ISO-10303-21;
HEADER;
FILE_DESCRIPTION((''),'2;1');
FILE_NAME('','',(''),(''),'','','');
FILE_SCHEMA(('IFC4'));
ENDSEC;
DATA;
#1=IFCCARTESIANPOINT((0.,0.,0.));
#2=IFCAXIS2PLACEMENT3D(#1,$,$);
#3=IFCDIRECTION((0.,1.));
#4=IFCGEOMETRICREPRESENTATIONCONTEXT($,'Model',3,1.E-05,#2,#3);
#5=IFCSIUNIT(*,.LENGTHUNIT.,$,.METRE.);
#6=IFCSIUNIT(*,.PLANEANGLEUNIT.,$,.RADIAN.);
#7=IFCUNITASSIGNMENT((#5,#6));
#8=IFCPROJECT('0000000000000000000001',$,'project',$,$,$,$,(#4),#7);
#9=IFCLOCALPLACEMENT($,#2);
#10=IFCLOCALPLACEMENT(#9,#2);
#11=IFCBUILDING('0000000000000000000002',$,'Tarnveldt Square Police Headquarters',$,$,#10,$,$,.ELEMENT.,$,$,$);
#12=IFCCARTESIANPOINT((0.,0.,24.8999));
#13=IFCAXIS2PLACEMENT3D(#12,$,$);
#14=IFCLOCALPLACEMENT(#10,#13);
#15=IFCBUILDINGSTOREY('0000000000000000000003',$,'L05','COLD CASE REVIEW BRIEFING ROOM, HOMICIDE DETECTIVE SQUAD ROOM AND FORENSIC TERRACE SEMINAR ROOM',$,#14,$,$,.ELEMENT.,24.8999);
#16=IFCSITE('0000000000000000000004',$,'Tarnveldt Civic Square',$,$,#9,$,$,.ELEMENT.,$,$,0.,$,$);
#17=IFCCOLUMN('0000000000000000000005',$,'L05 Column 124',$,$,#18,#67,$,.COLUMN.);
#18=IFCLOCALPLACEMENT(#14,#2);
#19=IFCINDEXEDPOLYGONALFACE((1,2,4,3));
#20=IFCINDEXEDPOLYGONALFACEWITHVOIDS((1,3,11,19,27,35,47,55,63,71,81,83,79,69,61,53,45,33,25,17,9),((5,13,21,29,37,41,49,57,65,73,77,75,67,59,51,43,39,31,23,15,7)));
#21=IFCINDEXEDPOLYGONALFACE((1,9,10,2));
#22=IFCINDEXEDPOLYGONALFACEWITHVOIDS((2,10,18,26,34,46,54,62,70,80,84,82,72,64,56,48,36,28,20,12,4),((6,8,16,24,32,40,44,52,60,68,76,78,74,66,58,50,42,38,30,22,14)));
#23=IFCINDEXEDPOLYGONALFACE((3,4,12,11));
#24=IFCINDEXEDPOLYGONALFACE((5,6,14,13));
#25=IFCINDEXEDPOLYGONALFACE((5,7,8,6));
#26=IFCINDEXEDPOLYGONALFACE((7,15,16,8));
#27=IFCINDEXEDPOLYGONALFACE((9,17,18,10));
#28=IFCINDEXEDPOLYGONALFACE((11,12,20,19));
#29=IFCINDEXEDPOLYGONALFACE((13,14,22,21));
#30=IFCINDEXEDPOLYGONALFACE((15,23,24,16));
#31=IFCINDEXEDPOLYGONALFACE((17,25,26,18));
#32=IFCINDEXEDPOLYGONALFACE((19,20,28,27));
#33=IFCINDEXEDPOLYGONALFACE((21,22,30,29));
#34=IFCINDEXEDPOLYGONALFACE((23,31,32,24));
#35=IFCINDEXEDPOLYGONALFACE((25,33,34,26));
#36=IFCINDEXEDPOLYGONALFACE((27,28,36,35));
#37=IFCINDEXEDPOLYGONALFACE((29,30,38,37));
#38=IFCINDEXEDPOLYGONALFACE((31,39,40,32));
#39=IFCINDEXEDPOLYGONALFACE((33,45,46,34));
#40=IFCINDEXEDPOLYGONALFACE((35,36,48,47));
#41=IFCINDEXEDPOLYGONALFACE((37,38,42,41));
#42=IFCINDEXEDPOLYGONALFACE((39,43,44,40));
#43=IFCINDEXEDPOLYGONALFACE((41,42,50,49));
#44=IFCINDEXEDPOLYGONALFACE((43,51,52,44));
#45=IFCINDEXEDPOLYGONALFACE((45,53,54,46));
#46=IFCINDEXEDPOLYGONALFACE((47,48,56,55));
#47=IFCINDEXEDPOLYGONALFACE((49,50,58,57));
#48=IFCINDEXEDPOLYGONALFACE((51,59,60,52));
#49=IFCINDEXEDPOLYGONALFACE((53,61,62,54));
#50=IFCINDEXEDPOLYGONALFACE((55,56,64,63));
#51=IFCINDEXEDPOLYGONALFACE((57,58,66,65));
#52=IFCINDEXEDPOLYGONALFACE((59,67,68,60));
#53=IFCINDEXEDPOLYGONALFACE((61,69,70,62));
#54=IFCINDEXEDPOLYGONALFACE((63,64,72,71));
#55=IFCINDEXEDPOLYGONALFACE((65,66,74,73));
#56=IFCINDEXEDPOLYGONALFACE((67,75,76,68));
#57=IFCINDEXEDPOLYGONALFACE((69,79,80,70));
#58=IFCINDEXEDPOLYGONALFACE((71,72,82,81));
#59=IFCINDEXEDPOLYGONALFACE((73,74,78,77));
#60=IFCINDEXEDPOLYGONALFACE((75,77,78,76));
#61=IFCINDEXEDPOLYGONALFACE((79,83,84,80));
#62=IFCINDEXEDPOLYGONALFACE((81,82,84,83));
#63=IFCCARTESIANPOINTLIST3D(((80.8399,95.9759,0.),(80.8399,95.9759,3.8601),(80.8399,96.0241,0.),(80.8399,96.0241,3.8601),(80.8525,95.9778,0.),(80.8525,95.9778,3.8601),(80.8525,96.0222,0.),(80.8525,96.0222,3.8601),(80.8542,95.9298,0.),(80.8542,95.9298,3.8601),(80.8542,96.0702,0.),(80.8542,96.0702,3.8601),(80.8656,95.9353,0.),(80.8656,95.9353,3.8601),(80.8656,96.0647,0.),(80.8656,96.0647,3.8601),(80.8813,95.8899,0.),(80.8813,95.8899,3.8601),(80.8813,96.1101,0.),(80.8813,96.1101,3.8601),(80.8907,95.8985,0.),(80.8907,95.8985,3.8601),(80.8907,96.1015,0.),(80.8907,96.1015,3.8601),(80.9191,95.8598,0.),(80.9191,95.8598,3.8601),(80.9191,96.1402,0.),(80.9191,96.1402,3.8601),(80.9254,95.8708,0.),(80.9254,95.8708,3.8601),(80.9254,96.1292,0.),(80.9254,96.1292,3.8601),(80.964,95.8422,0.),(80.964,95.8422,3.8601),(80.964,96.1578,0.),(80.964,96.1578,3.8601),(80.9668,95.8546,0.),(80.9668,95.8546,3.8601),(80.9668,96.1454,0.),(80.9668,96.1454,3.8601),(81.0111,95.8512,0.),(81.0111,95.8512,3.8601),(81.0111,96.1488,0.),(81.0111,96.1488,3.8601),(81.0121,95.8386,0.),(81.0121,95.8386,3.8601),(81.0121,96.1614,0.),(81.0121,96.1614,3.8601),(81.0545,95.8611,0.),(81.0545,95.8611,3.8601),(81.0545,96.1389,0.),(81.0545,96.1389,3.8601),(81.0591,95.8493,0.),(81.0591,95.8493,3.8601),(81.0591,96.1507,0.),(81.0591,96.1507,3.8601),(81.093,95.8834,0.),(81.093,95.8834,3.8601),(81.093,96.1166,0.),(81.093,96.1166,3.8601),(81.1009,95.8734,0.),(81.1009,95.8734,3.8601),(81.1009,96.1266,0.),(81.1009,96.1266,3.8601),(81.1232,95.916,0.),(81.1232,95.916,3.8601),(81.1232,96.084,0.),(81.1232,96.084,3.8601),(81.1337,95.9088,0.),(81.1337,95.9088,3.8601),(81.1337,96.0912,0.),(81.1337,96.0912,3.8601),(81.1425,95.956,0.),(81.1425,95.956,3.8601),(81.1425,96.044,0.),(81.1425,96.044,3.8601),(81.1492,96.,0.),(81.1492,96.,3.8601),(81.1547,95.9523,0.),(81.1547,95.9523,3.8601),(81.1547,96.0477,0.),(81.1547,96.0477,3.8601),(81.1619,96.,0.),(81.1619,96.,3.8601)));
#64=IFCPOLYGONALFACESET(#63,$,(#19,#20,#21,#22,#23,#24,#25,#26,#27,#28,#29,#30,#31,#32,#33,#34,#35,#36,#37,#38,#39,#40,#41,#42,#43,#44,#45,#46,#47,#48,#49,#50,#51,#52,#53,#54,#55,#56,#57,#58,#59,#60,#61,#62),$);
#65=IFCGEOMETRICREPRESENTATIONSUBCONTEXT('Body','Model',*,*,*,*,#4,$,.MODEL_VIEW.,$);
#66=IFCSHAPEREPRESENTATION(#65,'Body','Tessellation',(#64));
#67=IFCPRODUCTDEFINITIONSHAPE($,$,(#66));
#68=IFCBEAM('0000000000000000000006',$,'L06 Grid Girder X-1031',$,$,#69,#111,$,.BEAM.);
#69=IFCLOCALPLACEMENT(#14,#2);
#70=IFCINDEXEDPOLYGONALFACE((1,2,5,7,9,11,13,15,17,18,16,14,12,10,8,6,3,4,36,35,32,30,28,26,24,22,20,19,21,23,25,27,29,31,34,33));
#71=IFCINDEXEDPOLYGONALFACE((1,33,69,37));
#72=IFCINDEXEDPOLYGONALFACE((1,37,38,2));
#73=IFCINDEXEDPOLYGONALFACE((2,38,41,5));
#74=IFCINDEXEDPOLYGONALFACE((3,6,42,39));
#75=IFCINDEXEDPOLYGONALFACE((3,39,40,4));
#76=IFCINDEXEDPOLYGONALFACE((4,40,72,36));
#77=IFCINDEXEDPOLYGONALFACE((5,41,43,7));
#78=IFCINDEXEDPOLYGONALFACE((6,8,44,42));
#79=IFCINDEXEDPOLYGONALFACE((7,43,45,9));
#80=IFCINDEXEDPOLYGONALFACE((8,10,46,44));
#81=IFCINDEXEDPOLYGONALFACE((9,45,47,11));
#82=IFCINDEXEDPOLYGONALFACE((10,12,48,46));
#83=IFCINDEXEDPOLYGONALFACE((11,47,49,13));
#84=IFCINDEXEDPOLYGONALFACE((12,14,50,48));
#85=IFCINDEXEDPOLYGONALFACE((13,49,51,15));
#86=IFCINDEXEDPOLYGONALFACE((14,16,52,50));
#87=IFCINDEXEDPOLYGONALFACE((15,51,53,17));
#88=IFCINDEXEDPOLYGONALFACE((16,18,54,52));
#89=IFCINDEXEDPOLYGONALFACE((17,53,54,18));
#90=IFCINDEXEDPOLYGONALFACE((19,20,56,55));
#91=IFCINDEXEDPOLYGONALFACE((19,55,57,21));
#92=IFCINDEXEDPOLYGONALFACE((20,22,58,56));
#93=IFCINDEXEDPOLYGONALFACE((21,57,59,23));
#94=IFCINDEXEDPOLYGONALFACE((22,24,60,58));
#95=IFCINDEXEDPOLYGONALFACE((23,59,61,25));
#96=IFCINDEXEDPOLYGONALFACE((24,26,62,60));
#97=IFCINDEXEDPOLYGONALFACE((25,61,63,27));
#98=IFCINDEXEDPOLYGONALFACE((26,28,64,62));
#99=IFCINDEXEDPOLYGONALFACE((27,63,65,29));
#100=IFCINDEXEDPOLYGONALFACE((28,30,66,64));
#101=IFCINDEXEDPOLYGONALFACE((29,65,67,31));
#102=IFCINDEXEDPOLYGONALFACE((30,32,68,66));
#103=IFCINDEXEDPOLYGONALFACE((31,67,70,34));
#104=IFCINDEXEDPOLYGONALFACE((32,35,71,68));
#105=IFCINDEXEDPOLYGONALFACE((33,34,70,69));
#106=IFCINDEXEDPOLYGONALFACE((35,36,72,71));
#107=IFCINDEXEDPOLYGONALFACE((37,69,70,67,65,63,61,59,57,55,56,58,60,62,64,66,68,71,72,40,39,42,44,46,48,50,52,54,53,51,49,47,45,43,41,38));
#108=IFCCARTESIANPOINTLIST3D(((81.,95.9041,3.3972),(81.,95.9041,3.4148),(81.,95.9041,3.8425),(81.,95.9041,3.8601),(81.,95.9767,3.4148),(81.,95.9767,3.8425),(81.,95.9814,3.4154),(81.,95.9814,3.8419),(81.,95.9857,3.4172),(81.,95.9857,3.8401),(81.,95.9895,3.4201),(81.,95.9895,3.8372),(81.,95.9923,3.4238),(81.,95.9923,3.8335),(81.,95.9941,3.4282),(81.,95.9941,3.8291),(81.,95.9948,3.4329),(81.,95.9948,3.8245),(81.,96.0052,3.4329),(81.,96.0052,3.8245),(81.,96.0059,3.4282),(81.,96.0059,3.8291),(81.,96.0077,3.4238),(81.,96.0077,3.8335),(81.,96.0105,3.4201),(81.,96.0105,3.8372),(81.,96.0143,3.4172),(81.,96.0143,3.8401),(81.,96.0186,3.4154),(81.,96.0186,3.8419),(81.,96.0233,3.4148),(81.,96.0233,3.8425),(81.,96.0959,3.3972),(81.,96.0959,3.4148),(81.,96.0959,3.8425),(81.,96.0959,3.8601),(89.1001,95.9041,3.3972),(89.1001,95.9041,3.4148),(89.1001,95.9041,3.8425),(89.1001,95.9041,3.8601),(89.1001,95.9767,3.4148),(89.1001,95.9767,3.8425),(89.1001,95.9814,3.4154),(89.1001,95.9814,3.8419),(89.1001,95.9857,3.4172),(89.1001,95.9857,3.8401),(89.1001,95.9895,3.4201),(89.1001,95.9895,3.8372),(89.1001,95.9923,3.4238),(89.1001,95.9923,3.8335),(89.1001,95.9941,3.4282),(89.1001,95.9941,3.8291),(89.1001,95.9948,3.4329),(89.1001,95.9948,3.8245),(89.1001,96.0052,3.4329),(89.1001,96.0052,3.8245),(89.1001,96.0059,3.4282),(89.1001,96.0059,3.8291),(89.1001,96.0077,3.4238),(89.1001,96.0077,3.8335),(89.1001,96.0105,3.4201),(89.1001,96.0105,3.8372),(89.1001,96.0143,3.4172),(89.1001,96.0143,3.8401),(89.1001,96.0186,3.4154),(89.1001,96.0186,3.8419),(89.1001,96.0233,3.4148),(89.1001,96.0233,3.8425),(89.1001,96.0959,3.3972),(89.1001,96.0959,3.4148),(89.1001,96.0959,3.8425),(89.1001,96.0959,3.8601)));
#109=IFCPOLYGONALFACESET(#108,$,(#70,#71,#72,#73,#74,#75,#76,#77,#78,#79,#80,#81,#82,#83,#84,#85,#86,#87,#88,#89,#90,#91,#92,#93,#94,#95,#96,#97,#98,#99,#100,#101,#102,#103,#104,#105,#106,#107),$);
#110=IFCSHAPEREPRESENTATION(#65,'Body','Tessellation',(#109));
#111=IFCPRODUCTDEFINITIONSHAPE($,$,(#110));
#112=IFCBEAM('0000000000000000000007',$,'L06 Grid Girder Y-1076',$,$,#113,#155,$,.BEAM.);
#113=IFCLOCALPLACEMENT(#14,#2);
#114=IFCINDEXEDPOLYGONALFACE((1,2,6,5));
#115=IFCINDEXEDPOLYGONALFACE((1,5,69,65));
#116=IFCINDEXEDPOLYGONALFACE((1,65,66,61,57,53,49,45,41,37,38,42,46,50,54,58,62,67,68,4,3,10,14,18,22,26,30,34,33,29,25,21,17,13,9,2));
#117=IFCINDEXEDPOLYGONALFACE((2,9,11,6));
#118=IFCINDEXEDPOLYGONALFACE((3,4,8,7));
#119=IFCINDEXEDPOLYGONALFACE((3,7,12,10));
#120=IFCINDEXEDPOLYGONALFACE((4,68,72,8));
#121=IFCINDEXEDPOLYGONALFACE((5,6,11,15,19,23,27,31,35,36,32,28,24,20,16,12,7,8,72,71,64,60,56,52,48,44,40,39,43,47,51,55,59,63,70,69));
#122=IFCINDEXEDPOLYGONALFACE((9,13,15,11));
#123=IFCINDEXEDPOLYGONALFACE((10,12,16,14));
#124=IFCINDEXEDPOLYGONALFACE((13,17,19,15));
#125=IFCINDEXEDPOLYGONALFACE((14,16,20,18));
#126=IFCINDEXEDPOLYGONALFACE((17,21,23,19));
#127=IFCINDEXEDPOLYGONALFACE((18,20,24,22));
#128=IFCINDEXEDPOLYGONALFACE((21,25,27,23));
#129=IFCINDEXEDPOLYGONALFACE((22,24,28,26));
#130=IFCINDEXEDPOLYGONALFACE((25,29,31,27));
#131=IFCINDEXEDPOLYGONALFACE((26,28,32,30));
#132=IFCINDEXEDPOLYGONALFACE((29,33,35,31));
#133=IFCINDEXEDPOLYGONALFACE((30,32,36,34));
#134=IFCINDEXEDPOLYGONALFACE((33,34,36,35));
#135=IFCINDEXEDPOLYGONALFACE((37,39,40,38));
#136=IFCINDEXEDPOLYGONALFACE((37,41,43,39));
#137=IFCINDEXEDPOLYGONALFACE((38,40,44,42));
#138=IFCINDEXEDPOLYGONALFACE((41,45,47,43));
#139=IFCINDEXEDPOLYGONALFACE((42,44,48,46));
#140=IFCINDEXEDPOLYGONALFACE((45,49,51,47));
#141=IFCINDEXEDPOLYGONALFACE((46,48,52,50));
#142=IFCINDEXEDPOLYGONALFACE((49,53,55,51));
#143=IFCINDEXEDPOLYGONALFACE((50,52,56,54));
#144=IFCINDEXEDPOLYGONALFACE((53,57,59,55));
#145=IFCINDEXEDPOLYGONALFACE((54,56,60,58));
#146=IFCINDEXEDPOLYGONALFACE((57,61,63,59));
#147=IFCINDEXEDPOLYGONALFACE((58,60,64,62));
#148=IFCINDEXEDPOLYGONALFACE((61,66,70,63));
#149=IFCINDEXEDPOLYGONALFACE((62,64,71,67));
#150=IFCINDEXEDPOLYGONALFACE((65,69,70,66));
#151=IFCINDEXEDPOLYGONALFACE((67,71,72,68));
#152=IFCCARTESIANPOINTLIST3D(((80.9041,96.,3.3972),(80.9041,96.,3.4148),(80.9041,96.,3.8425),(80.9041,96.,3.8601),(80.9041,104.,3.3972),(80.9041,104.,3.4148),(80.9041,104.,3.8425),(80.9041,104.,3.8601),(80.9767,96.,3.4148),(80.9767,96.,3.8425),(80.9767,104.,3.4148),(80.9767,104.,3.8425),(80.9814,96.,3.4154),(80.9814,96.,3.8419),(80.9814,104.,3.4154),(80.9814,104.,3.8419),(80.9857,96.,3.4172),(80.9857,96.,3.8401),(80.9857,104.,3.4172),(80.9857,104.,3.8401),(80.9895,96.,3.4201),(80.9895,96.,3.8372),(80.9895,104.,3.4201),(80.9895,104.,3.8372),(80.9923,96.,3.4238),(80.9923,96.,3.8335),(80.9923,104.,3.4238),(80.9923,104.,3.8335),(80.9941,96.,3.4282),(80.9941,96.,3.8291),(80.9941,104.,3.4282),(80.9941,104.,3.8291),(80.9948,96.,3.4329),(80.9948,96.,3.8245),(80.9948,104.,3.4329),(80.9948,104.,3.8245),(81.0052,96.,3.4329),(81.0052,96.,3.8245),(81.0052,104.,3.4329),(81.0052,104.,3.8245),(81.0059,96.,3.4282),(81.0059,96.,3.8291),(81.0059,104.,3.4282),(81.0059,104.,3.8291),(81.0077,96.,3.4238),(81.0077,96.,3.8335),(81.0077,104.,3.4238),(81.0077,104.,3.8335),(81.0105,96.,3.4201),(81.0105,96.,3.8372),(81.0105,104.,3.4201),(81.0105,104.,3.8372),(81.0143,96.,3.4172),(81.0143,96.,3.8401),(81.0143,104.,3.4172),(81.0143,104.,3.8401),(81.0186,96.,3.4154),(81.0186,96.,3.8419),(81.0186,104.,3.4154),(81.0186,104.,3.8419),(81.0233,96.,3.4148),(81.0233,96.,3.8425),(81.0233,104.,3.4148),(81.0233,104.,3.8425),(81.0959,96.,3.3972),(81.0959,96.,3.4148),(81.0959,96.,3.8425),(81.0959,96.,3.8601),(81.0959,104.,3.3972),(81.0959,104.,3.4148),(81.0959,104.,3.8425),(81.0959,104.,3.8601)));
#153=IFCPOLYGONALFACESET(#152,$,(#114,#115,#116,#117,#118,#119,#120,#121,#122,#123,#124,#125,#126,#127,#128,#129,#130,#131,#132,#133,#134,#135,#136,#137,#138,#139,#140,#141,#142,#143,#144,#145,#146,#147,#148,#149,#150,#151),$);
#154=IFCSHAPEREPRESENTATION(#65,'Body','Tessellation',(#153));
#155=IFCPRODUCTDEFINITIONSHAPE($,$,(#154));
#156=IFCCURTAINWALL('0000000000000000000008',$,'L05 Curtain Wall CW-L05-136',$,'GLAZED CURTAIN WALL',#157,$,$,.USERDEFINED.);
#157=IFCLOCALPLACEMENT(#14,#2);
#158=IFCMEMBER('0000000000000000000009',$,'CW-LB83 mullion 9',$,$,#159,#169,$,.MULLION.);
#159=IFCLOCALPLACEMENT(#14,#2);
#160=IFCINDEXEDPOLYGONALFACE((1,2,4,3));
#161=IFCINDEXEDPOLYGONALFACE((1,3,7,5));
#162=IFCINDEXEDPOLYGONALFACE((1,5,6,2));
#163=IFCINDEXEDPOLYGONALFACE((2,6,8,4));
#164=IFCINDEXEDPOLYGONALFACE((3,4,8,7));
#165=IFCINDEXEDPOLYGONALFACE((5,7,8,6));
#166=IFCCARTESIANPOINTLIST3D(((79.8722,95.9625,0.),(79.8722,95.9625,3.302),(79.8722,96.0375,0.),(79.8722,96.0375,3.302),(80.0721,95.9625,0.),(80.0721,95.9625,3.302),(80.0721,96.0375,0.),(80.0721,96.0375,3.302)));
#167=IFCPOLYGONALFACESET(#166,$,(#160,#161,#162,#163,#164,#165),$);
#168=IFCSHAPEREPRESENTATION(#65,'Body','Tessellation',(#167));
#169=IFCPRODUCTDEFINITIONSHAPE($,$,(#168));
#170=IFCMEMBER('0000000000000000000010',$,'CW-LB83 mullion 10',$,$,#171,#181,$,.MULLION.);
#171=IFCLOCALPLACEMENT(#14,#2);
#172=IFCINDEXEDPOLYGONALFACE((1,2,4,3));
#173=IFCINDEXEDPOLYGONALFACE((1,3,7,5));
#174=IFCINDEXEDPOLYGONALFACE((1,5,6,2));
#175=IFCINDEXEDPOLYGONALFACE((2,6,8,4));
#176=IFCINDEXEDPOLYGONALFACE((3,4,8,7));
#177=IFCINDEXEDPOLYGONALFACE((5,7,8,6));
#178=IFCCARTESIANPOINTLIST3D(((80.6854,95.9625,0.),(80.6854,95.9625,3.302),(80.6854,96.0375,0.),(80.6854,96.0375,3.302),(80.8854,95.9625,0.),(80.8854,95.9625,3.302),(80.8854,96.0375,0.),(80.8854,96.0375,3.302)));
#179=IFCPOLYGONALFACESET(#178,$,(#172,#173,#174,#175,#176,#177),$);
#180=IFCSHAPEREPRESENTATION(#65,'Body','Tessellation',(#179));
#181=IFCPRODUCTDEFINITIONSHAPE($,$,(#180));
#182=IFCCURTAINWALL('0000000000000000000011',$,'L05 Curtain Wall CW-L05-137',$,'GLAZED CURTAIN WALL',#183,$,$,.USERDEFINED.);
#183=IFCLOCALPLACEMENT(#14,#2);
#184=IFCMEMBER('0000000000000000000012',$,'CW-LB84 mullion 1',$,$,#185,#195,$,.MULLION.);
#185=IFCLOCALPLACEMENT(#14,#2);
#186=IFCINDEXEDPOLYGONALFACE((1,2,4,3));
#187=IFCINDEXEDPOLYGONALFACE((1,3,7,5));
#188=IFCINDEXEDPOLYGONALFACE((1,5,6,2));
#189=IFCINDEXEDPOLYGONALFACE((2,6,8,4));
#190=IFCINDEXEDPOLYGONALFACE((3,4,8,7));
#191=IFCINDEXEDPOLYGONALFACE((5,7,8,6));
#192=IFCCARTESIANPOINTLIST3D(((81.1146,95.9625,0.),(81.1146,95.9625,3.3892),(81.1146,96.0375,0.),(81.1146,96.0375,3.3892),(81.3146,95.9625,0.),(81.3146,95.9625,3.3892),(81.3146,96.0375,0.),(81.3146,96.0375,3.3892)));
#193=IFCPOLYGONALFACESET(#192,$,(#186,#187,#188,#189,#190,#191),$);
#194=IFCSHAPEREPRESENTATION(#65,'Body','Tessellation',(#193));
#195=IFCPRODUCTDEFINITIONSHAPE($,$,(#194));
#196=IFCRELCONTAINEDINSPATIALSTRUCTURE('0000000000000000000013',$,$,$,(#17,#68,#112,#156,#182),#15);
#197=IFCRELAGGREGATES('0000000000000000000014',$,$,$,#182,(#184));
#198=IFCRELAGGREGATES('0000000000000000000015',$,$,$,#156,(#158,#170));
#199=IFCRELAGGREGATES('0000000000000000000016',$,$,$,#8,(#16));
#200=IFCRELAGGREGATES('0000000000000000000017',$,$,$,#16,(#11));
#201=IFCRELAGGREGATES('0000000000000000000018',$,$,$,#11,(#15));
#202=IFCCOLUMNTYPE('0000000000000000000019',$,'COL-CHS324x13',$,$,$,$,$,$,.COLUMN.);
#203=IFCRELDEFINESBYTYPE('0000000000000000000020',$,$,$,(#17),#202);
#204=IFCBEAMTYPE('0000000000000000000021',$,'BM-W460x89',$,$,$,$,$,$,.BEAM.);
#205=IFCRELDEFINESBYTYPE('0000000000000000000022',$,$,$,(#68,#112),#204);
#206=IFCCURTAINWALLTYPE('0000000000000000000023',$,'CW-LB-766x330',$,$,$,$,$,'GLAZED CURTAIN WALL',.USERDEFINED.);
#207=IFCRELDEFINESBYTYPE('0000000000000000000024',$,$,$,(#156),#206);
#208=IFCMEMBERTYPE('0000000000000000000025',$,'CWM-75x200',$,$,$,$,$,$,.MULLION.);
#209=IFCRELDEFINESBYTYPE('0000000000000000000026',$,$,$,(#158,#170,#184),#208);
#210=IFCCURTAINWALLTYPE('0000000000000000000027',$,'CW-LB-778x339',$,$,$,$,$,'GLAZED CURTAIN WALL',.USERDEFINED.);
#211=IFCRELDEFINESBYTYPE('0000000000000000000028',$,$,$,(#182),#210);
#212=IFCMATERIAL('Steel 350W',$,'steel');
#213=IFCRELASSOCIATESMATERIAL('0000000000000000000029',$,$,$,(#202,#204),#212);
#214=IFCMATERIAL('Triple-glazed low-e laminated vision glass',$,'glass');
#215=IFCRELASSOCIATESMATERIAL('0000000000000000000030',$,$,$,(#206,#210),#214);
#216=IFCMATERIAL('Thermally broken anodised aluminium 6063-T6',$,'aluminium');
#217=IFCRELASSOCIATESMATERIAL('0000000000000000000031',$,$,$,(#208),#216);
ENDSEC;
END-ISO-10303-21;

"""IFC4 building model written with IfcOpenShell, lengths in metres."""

from ifc_helpers import new_model, si_unit, direction, frame, origin, origin_2d, place, context, subcontext, project, spatial, rectangle, hollow_circle, i_section, extrude, material, material_profile, profile_set, type_object, element, aggregate, save


model = new_model("IFC4")

# Units and contexts
model_context = context("Model", 3, precision=1e-05, world=origin(), true_north=direction((0.0, 1.0)))
body_context = subcontext(model_context, "Body", "Model", "MODEL_VIEW")
ifc_project = project(units=[si_unit("LENGTHUNIT", "METRE"), si_unit("PLANEANGLEUNIT", "RADIAN")], contexts=[model_context])

# Site, building, storey
site_placement = place(None, origin())
site = spatial("IfcSite", under=ifc_project, at=site_placement, Name="Tarnveldt Civic Square", CompositionType="ELEMENT", RefElevation=0.0)
building_placement = place(site_placement, origin())
building = spatial("IfcBuilding", under=site, at=building_placement, Name="Tarnveldt Square Police Headquarters", CompositionType="ELEMENT")
storey_placement = place(building_placement, frame((0.0, 0.0, 24.8999)))
storey = spatial("IfcBuildingStorey", under=building, at=storey_placement, Name="L05", Description="COLD CASE REVIEW BRIEFING ROOM, HOMICIDE DETECTIVE SQUAD ROOM AND FORENSIC TERRACE SEMINAR ROOM", CompositionType="ELEMENT", Elevation=24.8999)

# Column
ifc_material_1 = material(Name="Steel 350W", Category="steel")
ifc_material_profile_1 = material_profile(ifc_material_1, hollow_circle(Radius=0.1619, WallThickness=0.0127, at=origin_2d()), Name="HSS324x13")
ifc_profile_set_1 = profile_set([ifc_material_profile_1], Name="Steel 350W")
column_type = type_object("IfcColumnType", Name="COL-CHS324x13", PredefinedType="COLUMN", material=ifc_profile_set_1)
column_placement = place(storey_placement, frame((81.0, 96.0, 0.0), z_axis=(0.0, 0.0, 1.0), x_axis=(1.0, 0.0, 0.0)))
element("IfcColumn", 1, at=column_placement, inside=storey, type_object=column_type, Name="L05 Column 124", PredefinedType="COLUMN", context=body_context, shape_type="SweptSolid", body=[
    extrude(hollow_circle(Radius=0.1619, WallThickness=0.0127, at=origin_2d()), origin(), (0.0, 0.0, 1.0), 3.8601),
])

# Beams
ifc_material_profile_2 = material_profile(ifc_material_1, i_section(OverallWidth=0.1919, OverallDepth=0.4629, WebThickness=0.0105, FlangeThickness=0.0176, FilletRadius=0.0181, at=origin_2d()), Name="W460x89")
ifc_profile_set_2 = profile_set([ifc_material_profile_2], Name="Steel 350W")
beam_type = type_object("IfcBeamType", Name="BM-W460x89", PredefinedType="BEAM", material=ifc_profile_set_2)
beam_1_placement = place(storey_placement, frame((81.0, 96.0, 3.6287), z_axis=(1.0, 0.0, 0.0), x_axis=(0.0, 1.0, 0.0)))
element("IfcBeam", 2, at=beam_1_placement, inside=storey, type_object=beam_type, Name="L06 Grid Girder X-1031", PredefinedType="BEAM", context=body_context, shape_type="SweptSolid", body=[
    extrude(i_section(OverallWidth=0.1919, OverallDepth=0.4629, WebThickness=0.0105, FlangeThickness=0.0176, FilletRadius=0.0181, at=origin_2d()), origin(), (0.0, 0.0, 1.0), 8.1001),
])
beam_2_placement = place(storey_placement, frame((81.0, 96.0, 3.6287), z_axis=(0.0, 1.0, 0.0), x_axis=(-1.0, 0.0, 0.0)))
element("IfcBeam", 3, at=beam_2_placement, inside=storey, type_object=beam_type, Name="L06 Grid Girder Y-1076", PredefinedType="BEAM", context=body_context, shape_type="SweptSolid", body=[
    extrude(i_section(OverallWidth=0.1919, OverallDepth=0.4629, WebThickness=0.0105, FlangeThickness=0.0176, FilletRadius=0.0181, at=origin_2d()), origin(), (0.0, 0.0, 1.0), 8.0),
])

# Curtain wall, members
ifc_material_2 = material(Name="Triple-glazed low-e laminated vision glass", Category="glass")
curtain_wall_type_1 = type_object("IfcCurtainWallType", Name="CW-LB-766x330", ElementType="GLAZED CURTAIN WALL", PredefinedType="USERDEFINED", material=ifc_material_2)
curtain_wall_1_placement = place(storey_placement, origin())
curtain_wall_1 = element("IfcCurtainWall", 4, at=curtain_wall_1_placement, inside=storey, type_object=curtain_wall_type_1, Name="L05 Curtain Wall CW-L05-136", ObjectType="GLAZED CURTAIN WALL", PredefinedType="USERDEFINED")
ifc_material_3 = material(Name="Thermally broken anodised aluminium 6063-T6", Category="aluminium")
ifc_material_profile_3 = material_profile(ifc_material_3, rectangle(XDim=0.075, YDim=0.2, at=origin_2d()), Name="CW-M75x200")
ifc_profile_set_3 = profile_set([ifc_material_profile_3], Name="Thermally broken anodised aluminium 6063-T6")
member_type_1 = type_object("IfcMemberType", Name="CWM-75x200", PredefinedType="MULLION", material=ifc_profile_set_3)
member_1_placement = place(storey_placement, frame((79.9722, 96.0, 0.0), z_axis=(0.0, 0.0, 1.0), x_axis=(0.0, 1.0, 0.0)))
member_1 = element("IfcMember", 5, at=member_1_placement, type_object=member_type_1, Name="CW-LB83 mullion 9", PredefinedType="MULLION", context=body_context, shape_type="SweptSolid", body=[
    extrude(rectangle(XDim=0.075, YDim=0.2, at=origin_2d()), origin(), (0.0, 0.0, 1.0), 3.302),
])
member_2_placement = place(storey_placement, frame((80.7854, 96.0, 0.0), z_axis=(0.0, 0.0, 1.0), x_axis=(0.0, 1.0, 0.0)))
member_2 = element("IfcMember", 6, at=member_2_placement, type_object=member_type_1, Name="CW-LB83 mullion 10", PredefinedType="MULLION", context=body_context, shape_type="SweptSolid", body=[
    extrude(rectangle(XDim=0.075, YDim=0.2, at=origin_2d()), origin(), (0.0, 0.0, 1.0), 3.302),
])

# Curtain wall, member
curtain_wall_type_2 = type_object("IfcCurtainWallType", Name="CW-LB-778x339", ElementType="GLAZED CURTAIN WALL", PredefinedType="USERDEFINED", material=ifc_material_2)
curtain_wall_2_placement = place(storey_placement, origin())
curtain_wall_2 = element("IfcCurtainWall", 7, at=curtain_wall_2_placement, inside=storey, type_object=curtain_wall_type_2, Name="L05 Curtain Wall CW-L05-137", ObjectType="GLAZED CURTAIN WALL", PredefinedType="USERDEFINED")
member_3_placement = place(storey_placement, frame((81.2146, 96.0, 0.0), z_axis=(0.0, 0.0, 1.0), x_axis=(0.0, 1.0, 0.0)))
member_3 = element("IfcMember", 8, at=member_3_placement, type_object=member_type_1, Name="CW-LB84 mullion 1", PredefinedType="MULLION", context=body_context, shape_type="SweptSolid", body=[
    extrude(rectangle(XDim=0.075, YDim=0.2, at=origin_2d()), origin(), (0.0, 0.0, 1.0), 3.3892),
])

aggregate(curtain_wall_2, [member_3])

aggregate(curtain_wall_1, [member_1, member_2])

save(model, "model.ifc")
